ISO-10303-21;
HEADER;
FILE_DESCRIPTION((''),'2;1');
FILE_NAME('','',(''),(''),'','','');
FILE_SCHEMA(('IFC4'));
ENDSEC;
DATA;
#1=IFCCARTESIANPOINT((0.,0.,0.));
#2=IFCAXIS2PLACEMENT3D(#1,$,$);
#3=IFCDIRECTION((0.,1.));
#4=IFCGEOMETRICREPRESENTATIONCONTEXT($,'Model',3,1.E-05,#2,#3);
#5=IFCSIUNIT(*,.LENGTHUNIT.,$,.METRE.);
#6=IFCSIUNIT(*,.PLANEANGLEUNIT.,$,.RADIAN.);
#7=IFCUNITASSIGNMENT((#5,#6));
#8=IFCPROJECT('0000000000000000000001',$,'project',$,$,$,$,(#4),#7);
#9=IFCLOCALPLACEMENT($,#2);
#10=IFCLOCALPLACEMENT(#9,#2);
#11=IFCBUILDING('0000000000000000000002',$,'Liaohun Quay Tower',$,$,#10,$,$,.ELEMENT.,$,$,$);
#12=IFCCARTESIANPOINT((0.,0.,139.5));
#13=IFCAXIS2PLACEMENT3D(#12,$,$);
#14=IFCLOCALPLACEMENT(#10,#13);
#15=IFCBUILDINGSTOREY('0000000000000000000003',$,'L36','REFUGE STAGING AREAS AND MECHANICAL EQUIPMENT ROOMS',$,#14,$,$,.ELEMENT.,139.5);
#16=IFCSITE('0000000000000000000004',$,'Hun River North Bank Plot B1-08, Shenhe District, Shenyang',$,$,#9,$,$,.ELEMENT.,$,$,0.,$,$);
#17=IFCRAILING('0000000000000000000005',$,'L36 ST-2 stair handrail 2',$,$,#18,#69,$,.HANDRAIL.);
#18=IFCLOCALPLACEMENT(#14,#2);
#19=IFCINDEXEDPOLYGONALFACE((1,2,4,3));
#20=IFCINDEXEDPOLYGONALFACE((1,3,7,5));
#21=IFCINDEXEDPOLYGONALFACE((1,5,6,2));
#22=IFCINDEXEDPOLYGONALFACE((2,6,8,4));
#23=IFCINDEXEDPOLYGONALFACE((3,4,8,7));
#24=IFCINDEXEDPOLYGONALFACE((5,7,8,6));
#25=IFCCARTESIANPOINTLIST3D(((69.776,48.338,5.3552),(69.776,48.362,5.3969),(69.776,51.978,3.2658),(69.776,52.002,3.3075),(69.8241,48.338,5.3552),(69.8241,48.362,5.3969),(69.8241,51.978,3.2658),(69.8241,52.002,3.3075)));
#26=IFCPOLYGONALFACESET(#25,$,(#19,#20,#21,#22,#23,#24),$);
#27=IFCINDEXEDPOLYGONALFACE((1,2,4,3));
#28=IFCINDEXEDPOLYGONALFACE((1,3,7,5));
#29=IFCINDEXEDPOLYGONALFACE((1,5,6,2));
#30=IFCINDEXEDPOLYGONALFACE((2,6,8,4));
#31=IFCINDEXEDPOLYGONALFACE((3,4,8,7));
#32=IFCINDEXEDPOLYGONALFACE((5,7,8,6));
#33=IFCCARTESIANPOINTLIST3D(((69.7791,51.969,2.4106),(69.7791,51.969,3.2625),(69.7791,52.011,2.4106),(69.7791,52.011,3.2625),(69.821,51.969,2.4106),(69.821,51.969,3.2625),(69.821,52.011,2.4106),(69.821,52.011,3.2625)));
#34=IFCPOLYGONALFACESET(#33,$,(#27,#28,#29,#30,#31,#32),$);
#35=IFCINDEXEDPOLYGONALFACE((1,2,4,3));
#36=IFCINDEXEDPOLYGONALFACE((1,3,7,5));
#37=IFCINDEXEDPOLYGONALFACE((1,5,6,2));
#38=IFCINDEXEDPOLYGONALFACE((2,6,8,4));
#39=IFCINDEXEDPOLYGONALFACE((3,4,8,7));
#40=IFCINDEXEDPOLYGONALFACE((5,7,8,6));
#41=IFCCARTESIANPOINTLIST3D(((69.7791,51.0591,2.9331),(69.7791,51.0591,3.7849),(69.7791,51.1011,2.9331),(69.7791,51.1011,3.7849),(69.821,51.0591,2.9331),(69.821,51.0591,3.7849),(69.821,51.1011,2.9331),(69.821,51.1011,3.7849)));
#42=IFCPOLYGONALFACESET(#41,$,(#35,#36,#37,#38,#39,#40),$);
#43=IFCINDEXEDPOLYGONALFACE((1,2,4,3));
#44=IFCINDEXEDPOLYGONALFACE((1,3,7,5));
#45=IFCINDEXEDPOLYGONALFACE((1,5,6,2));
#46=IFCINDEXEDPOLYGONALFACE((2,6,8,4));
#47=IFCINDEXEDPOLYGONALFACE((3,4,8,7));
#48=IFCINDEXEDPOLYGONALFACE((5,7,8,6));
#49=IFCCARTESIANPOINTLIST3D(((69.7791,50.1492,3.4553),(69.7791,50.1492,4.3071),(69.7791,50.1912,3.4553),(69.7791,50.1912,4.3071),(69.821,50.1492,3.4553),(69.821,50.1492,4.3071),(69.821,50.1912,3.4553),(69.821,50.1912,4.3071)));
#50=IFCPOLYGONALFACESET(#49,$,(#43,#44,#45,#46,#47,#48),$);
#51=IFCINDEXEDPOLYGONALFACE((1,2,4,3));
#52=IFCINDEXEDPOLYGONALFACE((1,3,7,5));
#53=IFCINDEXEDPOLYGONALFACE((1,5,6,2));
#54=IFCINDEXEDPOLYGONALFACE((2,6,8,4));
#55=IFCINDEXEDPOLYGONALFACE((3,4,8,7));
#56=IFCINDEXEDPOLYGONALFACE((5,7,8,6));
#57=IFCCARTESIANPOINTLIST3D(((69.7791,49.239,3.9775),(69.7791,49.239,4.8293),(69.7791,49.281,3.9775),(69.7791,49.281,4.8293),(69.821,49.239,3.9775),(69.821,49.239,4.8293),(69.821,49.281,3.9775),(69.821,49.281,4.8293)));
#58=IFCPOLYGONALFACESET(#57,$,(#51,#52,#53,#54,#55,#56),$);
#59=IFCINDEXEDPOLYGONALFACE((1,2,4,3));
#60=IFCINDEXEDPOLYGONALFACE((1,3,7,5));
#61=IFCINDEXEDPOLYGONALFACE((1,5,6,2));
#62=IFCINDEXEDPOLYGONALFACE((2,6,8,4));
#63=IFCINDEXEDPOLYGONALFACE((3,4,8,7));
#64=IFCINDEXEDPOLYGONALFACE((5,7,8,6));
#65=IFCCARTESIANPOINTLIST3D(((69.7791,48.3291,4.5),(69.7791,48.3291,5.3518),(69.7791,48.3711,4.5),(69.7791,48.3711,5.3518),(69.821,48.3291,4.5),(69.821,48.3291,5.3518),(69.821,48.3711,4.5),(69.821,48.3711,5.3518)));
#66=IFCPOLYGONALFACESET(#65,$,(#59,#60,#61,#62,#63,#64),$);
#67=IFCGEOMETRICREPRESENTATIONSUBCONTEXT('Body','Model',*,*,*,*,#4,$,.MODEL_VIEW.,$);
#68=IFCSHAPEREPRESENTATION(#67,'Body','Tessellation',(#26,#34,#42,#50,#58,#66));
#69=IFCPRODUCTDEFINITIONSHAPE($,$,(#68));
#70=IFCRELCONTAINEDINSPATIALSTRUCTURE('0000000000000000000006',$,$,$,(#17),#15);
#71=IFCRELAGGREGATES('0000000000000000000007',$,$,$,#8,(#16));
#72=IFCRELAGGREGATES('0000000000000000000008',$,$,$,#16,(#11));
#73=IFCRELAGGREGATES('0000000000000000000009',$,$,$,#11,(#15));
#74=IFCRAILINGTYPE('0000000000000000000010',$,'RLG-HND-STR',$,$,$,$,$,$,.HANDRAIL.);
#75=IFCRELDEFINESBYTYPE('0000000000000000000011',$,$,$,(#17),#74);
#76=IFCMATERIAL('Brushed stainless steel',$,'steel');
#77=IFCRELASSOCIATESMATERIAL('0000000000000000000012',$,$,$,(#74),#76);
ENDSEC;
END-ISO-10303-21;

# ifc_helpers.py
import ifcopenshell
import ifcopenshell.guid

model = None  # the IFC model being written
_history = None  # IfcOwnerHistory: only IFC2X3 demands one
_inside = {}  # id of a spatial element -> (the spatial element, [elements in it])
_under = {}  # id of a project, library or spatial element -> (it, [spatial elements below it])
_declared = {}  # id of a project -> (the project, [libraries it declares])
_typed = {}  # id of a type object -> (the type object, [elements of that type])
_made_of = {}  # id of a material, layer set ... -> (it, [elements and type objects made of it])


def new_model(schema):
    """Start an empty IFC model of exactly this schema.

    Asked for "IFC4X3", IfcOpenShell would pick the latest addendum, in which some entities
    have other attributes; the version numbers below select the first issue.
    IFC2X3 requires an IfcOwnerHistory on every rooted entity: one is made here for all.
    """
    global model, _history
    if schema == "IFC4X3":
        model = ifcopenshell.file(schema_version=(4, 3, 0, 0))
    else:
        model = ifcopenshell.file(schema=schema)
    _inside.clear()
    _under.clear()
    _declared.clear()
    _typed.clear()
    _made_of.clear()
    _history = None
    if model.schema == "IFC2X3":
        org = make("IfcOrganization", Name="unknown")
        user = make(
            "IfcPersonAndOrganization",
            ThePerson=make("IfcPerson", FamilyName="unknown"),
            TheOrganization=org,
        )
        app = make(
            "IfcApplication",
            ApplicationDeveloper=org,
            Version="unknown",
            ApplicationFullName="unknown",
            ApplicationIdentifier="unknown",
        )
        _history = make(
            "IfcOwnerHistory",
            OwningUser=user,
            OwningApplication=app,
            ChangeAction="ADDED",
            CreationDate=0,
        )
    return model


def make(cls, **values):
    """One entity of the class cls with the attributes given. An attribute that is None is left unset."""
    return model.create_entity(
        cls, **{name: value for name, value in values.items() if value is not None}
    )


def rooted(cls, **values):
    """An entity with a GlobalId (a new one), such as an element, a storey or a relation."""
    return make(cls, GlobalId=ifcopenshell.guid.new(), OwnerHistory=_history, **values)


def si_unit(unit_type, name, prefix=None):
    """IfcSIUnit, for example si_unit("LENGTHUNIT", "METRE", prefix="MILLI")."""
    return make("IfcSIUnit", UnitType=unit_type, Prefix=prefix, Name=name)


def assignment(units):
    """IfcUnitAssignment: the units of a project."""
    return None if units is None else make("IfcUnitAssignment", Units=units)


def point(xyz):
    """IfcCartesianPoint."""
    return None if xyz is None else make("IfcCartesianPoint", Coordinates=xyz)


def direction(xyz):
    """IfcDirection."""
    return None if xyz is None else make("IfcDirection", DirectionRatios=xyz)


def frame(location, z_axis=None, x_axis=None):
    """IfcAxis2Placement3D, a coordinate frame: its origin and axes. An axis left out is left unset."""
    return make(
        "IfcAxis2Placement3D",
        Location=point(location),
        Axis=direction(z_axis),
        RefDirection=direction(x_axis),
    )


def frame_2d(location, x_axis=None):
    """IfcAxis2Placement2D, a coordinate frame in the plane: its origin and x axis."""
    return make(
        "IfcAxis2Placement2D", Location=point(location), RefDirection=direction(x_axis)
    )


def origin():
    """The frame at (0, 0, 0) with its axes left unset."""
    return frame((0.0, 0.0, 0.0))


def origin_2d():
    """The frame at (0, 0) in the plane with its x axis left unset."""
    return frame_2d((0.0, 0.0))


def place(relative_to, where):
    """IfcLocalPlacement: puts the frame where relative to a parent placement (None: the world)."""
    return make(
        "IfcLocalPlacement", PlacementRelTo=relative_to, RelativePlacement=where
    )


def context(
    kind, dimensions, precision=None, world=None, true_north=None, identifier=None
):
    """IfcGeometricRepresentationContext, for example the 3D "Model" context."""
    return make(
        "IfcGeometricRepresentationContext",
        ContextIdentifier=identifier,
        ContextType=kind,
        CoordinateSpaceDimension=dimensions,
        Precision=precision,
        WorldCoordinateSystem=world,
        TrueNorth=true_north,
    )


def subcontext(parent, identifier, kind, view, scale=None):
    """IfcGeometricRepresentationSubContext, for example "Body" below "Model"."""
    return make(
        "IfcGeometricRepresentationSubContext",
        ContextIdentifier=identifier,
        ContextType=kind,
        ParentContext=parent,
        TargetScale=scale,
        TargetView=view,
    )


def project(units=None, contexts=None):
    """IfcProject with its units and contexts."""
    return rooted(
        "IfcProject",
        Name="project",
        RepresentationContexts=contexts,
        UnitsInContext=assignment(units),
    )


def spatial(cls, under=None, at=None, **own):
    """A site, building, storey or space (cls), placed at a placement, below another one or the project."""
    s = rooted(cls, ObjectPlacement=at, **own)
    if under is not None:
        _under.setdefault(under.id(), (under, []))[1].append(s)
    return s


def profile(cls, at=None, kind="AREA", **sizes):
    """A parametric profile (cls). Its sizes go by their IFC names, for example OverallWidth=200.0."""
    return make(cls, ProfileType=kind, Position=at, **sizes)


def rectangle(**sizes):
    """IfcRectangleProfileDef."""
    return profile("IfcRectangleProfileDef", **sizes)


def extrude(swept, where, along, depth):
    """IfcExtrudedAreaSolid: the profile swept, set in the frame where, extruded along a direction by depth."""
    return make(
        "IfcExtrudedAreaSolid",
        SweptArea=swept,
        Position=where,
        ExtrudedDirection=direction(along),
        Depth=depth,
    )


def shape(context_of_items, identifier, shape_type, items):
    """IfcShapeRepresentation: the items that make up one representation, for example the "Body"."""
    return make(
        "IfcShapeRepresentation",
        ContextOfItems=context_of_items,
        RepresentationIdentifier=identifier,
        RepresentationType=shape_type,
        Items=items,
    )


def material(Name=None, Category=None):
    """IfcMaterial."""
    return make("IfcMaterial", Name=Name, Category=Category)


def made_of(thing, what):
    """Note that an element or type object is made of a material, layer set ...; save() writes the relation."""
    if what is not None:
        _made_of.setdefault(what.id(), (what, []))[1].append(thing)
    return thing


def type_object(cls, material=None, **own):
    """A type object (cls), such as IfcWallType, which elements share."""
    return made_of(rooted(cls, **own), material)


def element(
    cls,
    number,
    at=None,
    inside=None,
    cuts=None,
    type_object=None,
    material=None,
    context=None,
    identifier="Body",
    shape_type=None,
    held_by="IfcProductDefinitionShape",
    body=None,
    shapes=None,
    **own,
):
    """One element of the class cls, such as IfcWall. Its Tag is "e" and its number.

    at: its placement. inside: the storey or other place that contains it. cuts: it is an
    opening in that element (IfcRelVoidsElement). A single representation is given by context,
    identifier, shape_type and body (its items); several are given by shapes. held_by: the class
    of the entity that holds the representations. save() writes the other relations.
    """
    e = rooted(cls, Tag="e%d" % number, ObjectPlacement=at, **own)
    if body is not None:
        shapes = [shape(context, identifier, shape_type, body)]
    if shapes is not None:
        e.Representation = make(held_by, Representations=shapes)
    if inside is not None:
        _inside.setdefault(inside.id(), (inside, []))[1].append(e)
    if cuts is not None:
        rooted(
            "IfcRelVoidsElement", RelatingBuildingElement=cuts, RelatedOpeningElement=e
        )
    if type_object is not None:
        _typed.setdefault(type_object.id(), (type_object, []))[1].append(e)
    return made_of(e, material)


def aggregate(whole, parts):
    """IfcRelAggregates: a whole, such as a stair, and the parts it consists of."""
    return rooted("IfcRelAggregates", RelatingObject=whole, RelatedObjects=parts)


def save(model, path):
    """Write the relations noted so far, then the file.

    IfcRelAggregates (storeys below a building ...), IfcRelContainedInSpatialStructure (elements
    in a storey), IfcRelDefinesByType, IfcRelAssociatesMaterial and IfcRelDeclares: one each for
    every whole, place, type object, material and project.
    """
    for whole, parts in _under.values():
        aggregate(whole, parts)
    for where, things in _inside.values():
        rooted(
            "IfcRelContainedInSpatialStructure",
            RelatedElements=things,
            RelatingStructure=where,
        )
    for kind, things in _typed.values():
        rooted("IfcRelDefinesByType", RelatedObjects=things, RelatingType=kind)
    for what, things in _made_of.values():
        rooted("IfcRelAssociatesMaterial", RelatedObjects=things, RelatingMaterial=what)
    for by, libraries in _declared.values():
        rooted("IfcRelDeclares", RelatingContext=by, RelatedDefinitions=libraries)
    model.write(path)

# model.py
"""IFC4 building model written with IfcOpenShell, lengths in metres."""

from ifc_helpers import new_model, si_unit, direction, frame, origin, origin_2d, place, context, subcontext, project, spatial, rectangle, extrude, material, type_object, element, save


model = new_model("IFC4")

# Units and contexts
model_context = context("Model", 3, precision=1e-05, world=origin(), true_north=direction((0.0, 1.0)))
body_context = subcontext(model_context, "Body", "Model", "MODEL_VIEW")
ifc_project = project(units=[si_unit("LENGTHUNIT", "METRE"), si_unit("PLANEANGLEUNIT", "RADIAN")], contexts=[model_context])

# Site, building, storey
site_placement = place(None, origin())
site = spatial("IfcSite", under=ifc_project, at=site_placement, Name="Hun River North Bank Plot B1-08, Shenhe District, Shenyang", CompositionType="ELEMENT", RefElevation=0.0)
building_placement = place(site_placement, origin())
building = spatial("IfcBuilding", under=site, at=building_placement, Name="Liaohun Quay Tower", CompositionType="ELEMENT")
storey_placement = place(building_placement, frame((0.0, 0.0, 139.5)))
storey = spatial("IfcBuildingStorey", under=building, at=storey_placement, Name="L36", Description="REFUGE STAGING AREAS AND MECHANICAL EQUIPMENT ROOMS", CompositionType="ELEMENT", Elevation=139.5)

# Railing
ifc_material_1 = material(Name="Brushed stainless steel", Category="steel")
railing_type_1 = type_object("IfcRailingType", Name="RLG-HND-STR", PredefinedType="HANDRAIL", material=ifc_material_1)
railing_1_placement = place(storey_placement, frame((69.8, 51.99, 2.4106)))
element("IfcRailing", 1, at=railing_1_placement, inside=storey, type_object=railing_type_1, Name="L36 ST-2 stair handrail 2", PredefinedType="HANDRAIL", context=body_context, shape_type="SweptSolid", body=[
    extrude(rectangle(XDim=0.0481, YDim=0.0481, at=origin_2d()), frame((0.0, 0.0, 0.876), z_axis=(0.0, -0.867275, 0.497829), x_axis=(1.0, 0.0, 0.0)), (0.0, 0.0, 1.0), 4.197),
    extrude(rectangle(XDim=0.042, YDim=0.042, at=origin_2d()), origin(), (0.0, 0.0, 1.0), 0.8518),
    extrude(rectangle(XDim=0.042, YDim=0.042, at=origin_2d()), frame((0.0, -0.9099, 0.5225)), (0.0, 0.0, 1.0), 0.8518),
    extrude(rectangle(XDim=0.042, YDim=0.042, at=origin_2d()), frame((0.0, -1.8198, 1.0447)), (0.0, 0.0, 1.0), 0.8518),
    extrude(rectangle(XDim=0.042, YDim=0.042, at=origin_2d()), frame((0.0, -2.73, 1.5669)), (0.0, 0.0, 1.0), 0.8518),
    extrude(rectangle(XDim=0.042, YDim=0.042, at=origin_2d()), frame((0.0, -3.6399, 2.0894)), (0.0, 0.0, 1.0), 0.8518),
])

save(model, "model.ifc")
